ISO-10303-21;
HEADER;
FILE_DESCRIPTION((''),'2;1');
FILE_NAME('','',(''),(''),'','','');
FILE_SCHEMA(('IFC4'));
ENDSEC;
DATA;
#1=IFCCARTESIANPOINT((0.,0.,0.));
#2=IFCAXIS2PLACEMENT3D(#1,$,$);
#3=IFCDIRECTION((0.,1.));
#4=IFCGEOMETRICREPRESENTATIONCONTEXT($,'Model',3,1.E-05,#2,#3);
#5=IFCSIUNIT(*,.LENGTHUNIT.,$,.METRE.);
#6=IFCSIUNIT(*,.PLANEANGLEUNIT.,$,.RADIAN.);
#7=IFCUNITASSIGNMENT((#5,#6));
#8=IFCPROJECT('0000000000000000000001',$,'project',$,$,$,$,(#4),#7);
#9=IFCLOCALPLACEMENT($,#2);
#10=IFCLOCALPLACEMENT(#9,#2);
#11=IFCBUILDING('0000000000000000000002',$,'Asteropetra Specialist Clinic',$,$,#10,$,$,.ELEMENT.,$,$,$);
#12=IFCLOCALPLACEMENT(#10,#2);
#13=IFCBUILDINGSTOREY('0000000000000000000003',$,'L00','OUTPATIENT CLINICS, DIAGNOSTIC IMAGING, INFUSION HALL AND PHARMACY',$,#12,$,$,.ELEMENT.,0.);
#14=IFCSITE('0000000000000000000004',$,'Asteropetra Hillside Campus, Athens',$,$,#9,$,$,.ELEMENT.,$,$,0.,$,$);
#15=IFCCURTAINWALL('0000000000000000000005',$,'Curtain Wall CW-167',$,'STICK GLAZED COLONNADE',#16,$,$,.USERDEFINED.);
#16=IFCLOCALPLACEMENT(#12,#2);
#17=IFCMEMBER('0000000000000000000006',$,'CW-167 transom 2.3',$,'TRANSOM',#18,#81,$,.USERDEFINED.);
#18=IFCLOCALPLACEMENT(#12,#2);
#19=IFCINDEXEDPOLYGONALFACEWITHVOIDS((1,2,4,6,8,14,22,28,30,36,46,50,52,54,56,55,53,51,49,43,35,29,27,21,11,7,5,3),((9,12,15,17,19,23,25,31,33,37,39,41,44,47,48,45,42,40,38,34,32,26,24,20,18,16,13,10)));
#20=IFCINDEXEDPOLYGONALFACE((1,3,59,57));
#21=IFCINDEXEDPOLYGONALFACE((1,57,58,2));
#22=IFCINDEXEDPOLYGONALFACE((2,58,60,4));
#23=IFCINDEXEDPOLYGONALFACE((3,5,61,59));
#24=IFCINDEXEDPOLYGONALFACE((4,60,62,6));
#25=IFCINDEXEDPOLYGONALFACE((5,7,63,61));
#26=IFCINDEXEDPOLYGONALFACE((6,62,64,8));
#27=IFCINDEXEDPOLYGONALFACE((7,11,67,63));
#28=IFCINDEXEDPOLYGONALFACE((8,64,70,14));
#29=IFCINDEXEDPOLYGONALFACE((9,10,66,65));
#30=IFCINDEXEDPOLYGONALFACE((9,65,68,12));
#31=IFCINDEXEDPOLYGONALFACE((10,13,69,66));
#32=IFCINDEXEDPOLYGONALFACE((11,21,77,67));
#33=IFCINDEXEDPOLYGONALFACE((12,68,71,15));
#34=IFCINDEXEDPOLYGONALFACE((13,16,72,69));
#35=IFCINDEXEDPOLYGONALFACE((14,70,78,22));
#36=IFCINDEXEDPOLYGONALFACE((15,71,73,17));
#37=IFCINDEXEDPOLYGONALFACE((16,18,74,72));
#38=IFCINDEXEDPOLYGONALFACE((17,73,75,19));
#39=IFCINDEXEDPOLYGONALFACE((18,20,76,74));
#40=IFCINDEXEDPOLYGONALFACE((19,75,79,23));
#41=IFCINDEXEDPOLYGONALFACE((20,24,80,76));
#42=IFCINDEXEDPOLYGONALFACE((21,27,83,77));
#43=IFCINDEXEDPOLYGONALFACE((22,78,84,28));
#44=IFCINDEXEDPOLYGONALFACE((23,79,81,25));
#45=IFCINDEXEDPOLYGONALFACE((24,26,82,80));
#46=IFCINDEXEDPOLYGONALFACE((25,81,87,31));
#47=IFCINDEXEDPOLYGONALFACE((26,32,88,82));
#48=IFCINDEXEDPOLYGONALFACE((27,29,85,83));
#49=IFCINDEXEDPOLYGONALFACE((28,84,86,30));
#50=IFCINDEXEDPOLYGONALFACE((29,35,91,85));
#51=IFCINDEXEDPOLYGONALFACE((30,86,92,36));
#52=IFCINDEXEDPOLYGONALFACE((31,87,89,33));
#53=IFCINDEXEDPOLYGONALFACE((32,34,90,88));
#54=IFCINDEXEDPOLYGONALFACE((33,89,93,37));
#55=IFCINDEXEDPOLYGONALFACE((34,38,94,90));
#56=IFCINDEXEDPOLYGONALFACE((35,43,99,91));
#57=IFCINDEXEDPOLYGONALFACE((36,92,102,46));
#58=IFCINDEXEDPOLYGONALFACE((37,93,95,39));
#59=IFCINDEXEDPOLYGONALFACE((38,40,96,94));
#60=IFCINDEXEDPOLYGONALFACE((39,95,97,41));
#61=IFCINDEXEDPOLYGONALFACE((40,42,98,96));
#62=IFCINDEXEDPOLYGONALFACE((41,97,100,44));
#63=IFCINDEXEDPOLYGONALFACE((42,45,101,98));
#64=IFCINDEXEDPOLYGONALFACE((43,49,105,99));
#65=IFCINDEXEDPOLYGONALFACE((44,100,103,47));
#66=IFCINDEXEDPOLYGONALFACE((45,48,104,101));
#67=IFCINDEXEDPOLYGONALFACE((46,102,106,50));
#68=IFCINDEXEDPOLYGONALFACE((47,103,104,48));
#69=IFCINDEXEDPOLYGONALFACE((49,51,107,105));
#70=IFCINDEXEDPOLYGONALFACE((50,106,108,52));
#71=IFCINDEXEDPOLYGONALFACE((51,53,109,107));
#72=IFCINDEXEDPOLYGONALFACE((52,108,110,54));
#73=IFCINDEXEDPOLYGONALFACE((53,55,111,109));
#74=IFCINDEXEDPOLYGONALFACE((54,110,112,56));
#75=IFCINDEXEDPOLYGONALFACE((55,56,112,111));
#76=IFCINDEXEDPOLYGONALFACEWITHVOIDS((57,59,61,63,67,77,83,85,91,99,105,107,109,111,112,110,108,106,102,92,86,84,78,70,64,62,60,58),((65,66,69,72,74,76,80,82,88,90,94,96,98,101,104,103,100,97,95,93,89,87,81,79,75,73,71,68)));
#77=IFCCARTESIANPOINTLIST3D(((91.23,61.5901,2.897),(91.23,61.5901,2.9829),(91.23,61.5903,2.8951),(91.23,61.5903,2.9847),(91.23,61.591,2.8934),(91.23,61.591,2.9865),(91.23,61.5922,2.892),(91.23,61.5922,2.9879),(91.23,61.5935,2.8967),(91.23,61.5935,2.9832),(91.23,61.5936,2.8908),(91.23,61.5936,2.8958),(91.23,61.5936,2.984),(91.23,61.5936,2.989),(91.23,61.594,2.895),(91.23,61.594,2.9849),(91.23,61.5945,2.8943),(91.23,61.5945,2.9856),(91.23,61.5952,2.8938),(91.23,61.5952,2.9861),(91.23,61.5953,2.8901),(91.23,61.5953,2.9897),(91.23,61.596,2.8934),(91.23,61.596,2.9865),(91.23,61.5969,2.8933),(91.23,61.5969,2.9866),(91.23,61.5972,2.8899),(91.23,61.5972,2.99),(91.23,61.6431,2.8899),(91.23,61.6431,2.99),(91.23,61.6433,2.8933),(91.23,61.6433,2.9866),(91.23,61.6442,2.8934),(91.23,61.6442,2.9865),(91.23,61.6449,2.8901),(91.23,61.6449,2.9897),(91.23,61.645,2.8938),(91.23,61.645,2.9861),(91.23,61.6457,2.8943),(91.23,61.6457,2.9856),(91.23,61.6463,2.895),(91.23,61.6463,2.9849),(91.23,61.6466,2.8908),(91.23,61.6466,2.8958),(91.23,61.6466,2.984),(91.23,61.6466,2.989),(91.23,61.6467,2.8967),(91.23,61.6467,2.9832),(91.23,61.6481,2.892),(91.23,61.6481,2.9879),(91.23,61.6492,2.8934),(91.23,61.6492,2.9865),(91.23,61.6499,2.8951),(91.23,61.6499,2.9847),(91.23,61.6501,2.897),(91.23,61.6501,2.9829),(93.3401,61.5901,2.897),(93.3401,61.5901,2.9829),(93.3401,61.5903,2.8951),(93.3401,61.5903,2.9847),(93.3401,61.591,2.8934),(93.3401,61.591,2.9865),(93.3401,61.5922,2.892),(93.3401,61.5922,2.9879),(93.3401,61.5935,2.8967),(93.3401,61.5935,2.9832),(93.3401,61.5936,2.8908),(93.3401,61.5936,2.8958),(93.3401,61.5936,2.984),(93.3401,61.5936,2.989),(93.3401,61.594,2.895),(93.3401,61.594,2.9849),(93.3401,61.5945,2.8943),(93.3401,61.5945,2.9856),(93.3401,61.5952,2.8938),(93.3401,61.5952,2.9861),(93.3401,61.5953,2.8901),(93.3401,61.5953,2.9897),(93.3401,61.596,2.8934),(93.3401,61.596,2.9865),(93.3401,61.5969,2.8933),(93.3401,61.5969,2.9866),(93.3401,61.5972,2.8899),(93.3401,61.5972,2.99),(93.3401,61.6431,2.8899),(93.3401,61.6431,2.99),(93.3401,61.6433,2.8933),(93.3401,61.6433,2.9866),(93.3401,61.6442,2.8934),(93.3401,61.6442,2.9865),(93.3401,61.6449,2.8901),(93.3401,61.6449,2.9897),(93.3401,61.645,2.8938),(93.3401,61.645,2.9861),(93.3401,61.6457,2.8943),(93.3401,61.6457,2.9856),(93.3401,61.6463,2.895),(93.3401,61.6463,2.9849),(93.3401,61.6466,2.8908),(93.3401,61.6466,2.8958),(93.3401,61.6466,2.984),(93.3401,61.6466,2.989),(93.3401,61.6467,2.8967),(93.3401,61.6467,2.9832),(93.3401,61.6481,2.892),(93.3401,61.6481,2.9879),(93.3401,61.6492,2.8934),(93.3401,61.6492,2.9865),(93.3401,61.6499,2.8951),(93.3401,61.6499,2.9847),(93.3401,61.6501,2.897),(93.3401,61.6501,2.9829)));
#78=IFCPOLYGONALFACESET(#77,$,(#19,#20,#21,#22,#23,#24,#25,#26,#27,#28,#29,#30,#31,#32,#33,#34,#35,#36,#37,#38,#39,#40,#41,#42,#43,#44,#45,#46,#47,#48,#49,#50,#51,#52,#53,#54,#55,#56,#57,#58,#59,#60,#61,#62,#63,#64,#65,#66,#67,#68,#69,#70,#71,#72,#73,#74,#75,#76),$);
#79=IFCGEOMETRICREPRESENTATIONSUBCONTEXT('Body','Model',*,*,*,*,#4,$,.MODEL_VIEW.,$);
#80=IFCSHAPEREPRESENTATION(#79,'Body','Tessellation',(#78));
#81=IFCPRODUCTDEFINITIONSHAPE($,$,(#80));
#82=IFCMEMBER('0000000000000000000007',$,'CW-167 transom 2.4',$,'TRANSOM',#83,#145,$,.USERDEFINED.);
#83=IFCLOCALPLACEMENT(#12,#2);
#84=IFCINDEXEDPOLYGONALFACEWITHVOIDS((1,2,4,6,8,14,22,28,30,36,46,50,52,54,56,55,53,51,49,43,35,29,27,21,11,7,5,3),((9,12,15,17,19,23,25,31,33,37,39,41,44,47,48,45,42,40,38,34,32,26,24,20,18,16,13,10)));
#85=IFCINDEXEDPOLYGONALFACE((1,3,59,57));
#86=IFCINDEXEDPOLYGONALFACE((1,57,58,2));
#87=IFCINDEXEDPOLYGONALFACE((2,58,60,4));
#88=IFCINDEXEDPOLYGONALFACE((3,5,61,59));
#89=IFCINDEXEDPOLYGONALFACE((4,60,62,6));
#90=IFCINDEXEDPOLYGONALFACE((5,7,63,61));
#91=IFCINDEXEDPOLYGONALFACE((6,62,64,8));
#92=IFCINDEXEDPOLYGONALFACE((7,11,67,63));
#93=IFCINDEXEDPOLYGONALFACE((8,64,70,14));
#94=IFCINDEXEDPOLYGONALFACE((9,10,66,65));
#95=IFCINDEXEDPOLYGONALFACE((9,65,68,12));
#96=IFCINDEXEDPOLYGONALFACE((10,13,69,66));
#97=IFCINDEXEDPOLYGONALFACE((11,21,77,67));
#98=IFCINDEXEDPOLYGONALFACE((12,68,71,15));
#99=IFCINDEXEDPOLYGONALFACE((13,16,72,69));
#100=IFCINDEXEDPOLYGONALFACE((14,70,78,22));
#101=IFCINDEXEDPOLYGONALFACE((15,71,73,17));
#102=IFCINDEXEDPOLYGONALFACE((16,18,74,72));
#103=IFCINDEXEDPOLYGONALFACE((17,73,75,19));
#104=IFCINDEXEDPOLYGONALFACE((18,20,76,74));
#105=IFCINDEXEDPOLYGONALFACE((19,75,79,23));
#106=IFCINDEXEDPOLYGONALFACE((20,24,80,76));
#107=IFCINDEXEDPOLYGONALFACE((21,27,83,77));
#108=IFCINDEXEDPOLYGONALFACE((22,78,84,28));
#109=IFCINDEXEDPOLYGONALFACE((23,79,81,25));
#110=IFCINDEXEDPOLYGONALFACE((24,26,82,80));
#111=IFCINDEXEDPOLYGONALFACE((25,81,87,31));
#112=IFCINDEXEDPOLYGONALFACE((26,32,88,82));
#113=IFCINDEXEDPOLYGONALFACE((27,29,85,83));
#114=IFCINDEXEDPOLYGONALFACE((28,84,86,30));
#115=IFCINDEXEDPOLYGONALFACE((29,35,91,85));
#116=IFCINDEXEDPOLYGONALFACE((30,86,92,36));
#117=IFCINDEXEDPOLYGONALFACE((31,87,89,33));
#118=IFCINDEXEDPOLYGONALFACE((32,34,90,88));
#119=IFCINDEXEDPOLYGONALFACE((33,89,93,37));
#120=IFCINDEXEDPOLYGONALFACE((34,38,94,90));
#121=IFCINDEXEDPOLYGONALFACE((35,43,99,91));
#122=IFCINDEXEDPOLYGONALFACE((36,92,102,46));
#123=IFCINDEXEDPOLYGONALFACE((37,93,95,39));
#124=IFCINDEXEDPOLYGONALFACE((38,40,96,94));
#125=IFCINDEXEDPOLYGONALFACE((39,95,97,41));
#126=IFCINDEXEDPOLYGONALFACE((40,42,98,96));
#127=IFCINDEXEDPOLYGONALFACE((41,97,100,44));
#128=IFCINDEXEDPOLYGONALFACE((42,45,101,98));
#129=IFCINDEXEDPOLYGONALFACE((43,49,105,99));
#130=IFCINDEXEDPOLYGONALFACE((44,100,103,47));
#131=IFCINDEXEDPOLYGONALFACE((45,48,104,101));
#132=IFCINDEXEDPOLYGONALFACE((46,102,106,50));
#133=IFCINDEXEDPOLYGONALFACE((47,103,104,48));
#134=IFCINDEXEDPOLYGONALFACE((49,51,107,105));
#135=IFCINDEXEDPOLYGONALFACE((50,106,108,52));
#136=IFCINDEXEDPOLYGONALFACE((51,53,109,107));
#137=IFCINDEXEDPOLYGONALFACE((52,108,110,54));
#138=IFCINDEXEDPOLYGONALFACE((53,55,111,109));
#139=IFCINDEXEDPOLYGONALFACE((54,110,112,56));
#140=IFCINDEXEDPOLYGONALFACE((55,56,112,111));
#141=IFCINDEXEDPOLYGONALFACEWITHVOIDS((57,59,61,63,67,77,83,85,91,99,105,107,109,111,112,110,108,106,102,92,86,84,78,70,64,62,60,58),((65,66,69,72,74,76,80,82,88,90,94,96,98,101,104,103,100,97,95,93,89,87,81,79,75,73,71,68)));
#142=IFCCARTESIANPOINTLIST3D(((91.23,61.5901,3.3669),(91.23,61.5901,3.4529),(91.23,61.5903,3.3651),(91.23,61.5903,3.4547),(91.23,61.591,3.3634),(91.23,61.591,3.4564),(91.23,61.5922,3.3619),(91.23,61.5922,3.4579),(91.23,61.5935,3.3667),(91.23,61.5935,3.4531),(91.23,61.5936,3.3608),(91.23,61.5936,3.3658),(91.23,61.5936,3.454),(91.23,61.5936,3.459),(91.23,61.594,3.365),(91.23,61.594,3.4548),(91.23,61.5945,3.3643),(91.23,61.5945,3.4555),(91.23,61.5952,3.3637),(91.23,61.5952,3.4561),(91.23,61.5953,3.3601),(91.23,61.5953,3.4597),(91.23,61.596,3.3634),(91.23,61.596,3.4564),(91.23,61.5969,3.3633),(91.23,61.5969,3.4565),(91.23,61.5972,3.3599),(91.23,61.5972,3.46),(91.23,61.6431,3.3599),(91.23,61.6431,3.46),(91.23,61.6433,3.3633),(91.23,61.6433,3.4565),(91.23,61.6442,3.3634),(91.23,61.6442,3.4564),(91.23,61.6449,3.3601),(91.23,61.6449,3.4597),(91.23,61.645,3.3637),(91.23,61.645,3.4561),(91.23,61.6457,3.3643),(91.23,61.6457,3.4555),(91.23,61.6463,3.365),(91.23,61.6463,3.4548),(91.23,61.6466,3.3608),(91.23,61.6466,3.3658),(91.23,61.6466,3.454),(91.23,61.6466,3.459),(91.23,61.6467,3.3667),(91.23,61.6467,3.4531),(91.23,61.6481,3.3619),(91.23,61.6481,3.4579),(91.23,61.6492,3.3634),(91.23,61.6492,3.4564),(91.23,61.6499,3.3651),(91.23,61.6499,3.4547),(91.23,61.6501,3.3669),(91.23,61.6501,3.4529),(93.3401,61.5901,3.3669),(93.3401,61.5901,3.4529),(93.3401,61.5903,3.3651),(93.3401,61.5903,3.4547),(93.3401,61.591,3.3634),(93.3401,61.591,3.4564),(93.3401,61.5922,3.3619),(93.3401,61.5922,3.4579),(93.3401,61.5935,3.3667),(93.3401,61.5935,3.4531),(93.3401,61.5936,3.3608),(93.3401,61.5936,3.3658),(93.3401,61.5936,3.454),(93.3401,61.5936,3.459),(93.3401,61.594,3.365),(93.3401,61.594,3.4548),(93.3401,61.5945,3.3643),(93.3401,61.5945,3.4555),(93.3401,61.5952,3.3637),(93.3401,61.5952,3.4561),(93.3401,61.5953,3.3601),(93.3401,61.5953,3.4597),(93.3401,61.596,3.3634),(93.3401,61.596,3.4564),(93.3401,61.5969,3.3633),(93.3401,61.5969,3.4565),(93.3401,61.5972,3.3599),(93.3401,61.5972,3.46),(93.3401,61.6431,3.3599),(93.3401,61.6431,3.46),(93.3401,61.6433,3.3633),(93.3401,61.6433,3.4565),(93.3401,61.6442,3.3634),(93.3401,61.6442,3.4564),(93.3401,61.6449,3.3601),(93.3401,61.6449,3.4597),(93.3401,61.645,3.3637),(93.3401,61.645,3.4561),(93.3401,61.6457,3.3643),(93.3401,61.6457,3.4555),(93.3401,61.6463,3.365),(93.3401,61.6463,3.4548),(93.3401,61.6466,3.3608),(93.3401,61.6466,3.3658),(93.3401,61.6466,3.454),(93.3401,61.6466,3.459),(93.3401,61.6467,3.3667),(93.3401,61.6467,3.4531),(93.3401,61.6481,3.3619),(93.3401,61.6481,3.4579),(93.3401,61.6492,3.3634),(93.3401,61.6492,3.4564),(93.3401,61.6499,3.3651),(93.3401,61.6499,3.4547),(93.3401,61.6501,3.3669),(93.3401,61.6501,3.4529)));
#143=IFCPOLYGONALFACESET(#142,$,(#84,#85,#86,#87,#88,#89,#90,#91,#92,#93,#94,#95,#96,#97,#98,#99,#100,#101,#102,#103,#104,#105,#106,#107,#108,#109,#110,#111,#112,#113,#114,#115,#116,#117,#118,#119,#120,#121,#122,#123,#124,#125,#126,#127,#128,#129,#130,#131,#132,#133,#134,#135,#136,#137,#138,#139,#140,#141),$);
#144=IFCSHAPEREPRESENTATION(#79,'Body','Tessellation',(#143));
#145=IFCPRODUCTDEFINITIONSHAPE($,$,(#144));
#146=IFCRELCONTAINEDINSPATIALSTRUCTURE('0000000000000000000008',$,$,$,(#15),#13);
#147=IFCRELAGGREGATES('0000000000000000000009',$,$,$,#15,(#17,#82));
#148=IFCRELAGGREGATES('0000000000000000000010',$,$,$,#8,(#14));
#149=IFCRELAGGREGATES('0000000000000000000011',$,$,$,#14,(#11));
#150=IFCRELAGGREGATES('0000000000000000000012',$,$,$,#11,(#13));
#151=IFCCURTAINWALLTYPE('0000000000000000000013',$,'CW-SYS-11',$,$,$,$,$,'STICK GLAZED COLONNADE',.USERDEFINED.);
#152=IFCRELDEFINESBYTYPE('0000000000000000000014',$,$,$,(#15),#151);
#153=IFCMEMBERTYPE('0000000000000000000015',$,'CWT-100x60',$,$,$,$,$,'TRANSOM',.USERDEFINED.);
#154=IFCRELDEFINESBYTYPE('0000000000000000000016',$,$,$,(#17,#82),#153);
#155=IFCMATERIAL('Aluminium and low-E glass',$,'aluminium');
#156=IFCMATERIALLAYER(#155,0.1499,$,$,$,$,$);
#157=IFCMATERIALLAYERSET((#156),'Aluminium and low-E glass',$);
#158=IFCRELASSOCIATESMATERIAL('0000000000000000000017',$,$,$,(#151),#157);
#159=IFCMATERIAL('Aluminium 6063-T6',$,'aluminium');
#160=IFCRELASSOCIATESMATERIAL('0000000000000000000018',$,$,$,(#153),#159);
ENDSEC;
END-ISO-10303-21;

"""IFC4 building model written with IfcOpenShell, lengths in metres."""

from ifc_helpers import new_model, si_unit, direction, frame, origin, origin_2d, place, context, subcontext, project, spatial, hollow_rectangle, extrude, material, layer, layer_set, material_profile, profile_set, type_object, element, aggregate, save


model = new_model("IFC4")

# Units and contexts
model_context = context("Model", 3, precision=1e-05, world=origin(), true_north=direction((0.0, 1.0)))
body_context = subcontext(model_context, "Body", "Model", "MODEL_VIEW")
ifc_project = project(units=[si_unit("LENGTHUNIT", "METRE"), si_unit("PLANEANGLEUNIT", "RADIAN")], contexts=[model_context])

# Site, building, storey
site_placement = place(None, origin())
site = spatial("IfcSite", under=ifc_project, at=site_placement, Name="Asteropetra Hillside Campus, Athens", CompositionType="ELEMENT", RefElevation=0.0)
building_placement = place(site_placement, origin())
building = spatial("IfcBuilding", under=site, at=building_placement, Name="Asteropetra Specialist Clinic", CompositionType="ELEMENT")
storey_placement = place(building_placement, origin())
storey = spatial("IfcBuildingStorey", under=building, at=storey_placement, Name="L00", Description="OUTPATIENT CLINICS, DIAGNOSTIC IMAGING, INFUSION HALL AND PHARMACY", CompositionType="ELEMENT", Elevation=0.0)

# Curtain wall
ifc_material_1 = material(Name="Aluminium and low-E glass", Category="aluminium")
ifc_layer_1 = layer(ifc_material_1, 0.1499)
ifc_layer_set_1 = layer_set([ifc_layer_1], Name="Aluminium and low-E glass")
curtain_wall_type_1 = type_object("IfcCurtainWallType", Name="CW-SYS-11", ElementType="STICK GLAZED COLONNADE", PredefinedType="USERDEFINED", material=ifc_layer_set_1)
curtain_wall_1_placement = place(storey_placement, origin())
curtain_wall_1 = element("IfcCurtainWall", 1, at=curtain_wall_1_placement, inside=storey, type_object=curtain_wall_type_1, Name="Curtain Wall CW-167", ObjectType="STICK GLAZED COLONNADE", PredefinedType="USERDEFINED")

# Members
ifc_material_2 = material(Name="Aluminium 6063-T6", Category="aluminium")
ifc_material_profile_1 = material_profile(ifc_material_2, hollow_rectangle(XDim=0.0601, YDim=0.1001, WallThickness=0.0034, InnerFilletRadius=0.0034, OuterFilletRadius=0.0071, at=origin_2d()), Name="TRN 100x60x3.5")
ifc_profile_set_1 = profile_set([ifc_material_profile_1], Name="Aluminium 6063-T6")
member_type_1 = type_object("IfcMemberType", Name="CWT-100x60", ElementType="TRANSOM", PredefinedType="USERDEFINED", material=ifc_profile_set_1)
member_1_placement = place(storey_placement, frame((93.3401, 61.6201, 2.9399), z_axis=(-1.0, 0.0, 0.0), x_axis=(0.0, -1.0, 0.0)))
member_1 = element("IfcMember", 2, at=member_1_placement, type_object=member_type_1, Name="CW-167 transom 2.3", ObjectType="TRANSOM", PredefinedType="USERDEFINED", context=body_context, shape_type="SweptSolid", body=[
    extrude(hollow_rectangle(XDim=0.0601, YDim=0.1001, WallThickness=0.0034, InnerFilletRadius=0.0034, OuterFilletRadius=0.0071, at=origin_2d()), origin(), (0.0, 0.0, 1.0), 2.1101),
])
member_2_placement = place(storey_placement, frame((93.3401, 61.6201, 3.4099), z_axis=(-1.0, 0.0, 0.0), x_axis=(0.0, -1.0, 0.0)))
member_2 = element("IfcMember", 3, at=member_2_placement, type_object=member_type_1, Name="CW-167 transom 2.4", ObjectType="TRANSOM", PredefinedType="USERDEFINED", context=body_context, shape_type="SweptSolid", body=[
    extrude(hollow_rectangle(XDim=0.0601, YDim=0.1001, WallThickness=0.0034, InnerFilletRadius=0.0034, OuterFilletRadius=0.0071, at=origin_2d()), origin(), (0.0, 0.0, 1.0), 2.1101),
])

aggregate(curtain_wall_1, [member_1, member_2])

save(model, "model.ifc")
